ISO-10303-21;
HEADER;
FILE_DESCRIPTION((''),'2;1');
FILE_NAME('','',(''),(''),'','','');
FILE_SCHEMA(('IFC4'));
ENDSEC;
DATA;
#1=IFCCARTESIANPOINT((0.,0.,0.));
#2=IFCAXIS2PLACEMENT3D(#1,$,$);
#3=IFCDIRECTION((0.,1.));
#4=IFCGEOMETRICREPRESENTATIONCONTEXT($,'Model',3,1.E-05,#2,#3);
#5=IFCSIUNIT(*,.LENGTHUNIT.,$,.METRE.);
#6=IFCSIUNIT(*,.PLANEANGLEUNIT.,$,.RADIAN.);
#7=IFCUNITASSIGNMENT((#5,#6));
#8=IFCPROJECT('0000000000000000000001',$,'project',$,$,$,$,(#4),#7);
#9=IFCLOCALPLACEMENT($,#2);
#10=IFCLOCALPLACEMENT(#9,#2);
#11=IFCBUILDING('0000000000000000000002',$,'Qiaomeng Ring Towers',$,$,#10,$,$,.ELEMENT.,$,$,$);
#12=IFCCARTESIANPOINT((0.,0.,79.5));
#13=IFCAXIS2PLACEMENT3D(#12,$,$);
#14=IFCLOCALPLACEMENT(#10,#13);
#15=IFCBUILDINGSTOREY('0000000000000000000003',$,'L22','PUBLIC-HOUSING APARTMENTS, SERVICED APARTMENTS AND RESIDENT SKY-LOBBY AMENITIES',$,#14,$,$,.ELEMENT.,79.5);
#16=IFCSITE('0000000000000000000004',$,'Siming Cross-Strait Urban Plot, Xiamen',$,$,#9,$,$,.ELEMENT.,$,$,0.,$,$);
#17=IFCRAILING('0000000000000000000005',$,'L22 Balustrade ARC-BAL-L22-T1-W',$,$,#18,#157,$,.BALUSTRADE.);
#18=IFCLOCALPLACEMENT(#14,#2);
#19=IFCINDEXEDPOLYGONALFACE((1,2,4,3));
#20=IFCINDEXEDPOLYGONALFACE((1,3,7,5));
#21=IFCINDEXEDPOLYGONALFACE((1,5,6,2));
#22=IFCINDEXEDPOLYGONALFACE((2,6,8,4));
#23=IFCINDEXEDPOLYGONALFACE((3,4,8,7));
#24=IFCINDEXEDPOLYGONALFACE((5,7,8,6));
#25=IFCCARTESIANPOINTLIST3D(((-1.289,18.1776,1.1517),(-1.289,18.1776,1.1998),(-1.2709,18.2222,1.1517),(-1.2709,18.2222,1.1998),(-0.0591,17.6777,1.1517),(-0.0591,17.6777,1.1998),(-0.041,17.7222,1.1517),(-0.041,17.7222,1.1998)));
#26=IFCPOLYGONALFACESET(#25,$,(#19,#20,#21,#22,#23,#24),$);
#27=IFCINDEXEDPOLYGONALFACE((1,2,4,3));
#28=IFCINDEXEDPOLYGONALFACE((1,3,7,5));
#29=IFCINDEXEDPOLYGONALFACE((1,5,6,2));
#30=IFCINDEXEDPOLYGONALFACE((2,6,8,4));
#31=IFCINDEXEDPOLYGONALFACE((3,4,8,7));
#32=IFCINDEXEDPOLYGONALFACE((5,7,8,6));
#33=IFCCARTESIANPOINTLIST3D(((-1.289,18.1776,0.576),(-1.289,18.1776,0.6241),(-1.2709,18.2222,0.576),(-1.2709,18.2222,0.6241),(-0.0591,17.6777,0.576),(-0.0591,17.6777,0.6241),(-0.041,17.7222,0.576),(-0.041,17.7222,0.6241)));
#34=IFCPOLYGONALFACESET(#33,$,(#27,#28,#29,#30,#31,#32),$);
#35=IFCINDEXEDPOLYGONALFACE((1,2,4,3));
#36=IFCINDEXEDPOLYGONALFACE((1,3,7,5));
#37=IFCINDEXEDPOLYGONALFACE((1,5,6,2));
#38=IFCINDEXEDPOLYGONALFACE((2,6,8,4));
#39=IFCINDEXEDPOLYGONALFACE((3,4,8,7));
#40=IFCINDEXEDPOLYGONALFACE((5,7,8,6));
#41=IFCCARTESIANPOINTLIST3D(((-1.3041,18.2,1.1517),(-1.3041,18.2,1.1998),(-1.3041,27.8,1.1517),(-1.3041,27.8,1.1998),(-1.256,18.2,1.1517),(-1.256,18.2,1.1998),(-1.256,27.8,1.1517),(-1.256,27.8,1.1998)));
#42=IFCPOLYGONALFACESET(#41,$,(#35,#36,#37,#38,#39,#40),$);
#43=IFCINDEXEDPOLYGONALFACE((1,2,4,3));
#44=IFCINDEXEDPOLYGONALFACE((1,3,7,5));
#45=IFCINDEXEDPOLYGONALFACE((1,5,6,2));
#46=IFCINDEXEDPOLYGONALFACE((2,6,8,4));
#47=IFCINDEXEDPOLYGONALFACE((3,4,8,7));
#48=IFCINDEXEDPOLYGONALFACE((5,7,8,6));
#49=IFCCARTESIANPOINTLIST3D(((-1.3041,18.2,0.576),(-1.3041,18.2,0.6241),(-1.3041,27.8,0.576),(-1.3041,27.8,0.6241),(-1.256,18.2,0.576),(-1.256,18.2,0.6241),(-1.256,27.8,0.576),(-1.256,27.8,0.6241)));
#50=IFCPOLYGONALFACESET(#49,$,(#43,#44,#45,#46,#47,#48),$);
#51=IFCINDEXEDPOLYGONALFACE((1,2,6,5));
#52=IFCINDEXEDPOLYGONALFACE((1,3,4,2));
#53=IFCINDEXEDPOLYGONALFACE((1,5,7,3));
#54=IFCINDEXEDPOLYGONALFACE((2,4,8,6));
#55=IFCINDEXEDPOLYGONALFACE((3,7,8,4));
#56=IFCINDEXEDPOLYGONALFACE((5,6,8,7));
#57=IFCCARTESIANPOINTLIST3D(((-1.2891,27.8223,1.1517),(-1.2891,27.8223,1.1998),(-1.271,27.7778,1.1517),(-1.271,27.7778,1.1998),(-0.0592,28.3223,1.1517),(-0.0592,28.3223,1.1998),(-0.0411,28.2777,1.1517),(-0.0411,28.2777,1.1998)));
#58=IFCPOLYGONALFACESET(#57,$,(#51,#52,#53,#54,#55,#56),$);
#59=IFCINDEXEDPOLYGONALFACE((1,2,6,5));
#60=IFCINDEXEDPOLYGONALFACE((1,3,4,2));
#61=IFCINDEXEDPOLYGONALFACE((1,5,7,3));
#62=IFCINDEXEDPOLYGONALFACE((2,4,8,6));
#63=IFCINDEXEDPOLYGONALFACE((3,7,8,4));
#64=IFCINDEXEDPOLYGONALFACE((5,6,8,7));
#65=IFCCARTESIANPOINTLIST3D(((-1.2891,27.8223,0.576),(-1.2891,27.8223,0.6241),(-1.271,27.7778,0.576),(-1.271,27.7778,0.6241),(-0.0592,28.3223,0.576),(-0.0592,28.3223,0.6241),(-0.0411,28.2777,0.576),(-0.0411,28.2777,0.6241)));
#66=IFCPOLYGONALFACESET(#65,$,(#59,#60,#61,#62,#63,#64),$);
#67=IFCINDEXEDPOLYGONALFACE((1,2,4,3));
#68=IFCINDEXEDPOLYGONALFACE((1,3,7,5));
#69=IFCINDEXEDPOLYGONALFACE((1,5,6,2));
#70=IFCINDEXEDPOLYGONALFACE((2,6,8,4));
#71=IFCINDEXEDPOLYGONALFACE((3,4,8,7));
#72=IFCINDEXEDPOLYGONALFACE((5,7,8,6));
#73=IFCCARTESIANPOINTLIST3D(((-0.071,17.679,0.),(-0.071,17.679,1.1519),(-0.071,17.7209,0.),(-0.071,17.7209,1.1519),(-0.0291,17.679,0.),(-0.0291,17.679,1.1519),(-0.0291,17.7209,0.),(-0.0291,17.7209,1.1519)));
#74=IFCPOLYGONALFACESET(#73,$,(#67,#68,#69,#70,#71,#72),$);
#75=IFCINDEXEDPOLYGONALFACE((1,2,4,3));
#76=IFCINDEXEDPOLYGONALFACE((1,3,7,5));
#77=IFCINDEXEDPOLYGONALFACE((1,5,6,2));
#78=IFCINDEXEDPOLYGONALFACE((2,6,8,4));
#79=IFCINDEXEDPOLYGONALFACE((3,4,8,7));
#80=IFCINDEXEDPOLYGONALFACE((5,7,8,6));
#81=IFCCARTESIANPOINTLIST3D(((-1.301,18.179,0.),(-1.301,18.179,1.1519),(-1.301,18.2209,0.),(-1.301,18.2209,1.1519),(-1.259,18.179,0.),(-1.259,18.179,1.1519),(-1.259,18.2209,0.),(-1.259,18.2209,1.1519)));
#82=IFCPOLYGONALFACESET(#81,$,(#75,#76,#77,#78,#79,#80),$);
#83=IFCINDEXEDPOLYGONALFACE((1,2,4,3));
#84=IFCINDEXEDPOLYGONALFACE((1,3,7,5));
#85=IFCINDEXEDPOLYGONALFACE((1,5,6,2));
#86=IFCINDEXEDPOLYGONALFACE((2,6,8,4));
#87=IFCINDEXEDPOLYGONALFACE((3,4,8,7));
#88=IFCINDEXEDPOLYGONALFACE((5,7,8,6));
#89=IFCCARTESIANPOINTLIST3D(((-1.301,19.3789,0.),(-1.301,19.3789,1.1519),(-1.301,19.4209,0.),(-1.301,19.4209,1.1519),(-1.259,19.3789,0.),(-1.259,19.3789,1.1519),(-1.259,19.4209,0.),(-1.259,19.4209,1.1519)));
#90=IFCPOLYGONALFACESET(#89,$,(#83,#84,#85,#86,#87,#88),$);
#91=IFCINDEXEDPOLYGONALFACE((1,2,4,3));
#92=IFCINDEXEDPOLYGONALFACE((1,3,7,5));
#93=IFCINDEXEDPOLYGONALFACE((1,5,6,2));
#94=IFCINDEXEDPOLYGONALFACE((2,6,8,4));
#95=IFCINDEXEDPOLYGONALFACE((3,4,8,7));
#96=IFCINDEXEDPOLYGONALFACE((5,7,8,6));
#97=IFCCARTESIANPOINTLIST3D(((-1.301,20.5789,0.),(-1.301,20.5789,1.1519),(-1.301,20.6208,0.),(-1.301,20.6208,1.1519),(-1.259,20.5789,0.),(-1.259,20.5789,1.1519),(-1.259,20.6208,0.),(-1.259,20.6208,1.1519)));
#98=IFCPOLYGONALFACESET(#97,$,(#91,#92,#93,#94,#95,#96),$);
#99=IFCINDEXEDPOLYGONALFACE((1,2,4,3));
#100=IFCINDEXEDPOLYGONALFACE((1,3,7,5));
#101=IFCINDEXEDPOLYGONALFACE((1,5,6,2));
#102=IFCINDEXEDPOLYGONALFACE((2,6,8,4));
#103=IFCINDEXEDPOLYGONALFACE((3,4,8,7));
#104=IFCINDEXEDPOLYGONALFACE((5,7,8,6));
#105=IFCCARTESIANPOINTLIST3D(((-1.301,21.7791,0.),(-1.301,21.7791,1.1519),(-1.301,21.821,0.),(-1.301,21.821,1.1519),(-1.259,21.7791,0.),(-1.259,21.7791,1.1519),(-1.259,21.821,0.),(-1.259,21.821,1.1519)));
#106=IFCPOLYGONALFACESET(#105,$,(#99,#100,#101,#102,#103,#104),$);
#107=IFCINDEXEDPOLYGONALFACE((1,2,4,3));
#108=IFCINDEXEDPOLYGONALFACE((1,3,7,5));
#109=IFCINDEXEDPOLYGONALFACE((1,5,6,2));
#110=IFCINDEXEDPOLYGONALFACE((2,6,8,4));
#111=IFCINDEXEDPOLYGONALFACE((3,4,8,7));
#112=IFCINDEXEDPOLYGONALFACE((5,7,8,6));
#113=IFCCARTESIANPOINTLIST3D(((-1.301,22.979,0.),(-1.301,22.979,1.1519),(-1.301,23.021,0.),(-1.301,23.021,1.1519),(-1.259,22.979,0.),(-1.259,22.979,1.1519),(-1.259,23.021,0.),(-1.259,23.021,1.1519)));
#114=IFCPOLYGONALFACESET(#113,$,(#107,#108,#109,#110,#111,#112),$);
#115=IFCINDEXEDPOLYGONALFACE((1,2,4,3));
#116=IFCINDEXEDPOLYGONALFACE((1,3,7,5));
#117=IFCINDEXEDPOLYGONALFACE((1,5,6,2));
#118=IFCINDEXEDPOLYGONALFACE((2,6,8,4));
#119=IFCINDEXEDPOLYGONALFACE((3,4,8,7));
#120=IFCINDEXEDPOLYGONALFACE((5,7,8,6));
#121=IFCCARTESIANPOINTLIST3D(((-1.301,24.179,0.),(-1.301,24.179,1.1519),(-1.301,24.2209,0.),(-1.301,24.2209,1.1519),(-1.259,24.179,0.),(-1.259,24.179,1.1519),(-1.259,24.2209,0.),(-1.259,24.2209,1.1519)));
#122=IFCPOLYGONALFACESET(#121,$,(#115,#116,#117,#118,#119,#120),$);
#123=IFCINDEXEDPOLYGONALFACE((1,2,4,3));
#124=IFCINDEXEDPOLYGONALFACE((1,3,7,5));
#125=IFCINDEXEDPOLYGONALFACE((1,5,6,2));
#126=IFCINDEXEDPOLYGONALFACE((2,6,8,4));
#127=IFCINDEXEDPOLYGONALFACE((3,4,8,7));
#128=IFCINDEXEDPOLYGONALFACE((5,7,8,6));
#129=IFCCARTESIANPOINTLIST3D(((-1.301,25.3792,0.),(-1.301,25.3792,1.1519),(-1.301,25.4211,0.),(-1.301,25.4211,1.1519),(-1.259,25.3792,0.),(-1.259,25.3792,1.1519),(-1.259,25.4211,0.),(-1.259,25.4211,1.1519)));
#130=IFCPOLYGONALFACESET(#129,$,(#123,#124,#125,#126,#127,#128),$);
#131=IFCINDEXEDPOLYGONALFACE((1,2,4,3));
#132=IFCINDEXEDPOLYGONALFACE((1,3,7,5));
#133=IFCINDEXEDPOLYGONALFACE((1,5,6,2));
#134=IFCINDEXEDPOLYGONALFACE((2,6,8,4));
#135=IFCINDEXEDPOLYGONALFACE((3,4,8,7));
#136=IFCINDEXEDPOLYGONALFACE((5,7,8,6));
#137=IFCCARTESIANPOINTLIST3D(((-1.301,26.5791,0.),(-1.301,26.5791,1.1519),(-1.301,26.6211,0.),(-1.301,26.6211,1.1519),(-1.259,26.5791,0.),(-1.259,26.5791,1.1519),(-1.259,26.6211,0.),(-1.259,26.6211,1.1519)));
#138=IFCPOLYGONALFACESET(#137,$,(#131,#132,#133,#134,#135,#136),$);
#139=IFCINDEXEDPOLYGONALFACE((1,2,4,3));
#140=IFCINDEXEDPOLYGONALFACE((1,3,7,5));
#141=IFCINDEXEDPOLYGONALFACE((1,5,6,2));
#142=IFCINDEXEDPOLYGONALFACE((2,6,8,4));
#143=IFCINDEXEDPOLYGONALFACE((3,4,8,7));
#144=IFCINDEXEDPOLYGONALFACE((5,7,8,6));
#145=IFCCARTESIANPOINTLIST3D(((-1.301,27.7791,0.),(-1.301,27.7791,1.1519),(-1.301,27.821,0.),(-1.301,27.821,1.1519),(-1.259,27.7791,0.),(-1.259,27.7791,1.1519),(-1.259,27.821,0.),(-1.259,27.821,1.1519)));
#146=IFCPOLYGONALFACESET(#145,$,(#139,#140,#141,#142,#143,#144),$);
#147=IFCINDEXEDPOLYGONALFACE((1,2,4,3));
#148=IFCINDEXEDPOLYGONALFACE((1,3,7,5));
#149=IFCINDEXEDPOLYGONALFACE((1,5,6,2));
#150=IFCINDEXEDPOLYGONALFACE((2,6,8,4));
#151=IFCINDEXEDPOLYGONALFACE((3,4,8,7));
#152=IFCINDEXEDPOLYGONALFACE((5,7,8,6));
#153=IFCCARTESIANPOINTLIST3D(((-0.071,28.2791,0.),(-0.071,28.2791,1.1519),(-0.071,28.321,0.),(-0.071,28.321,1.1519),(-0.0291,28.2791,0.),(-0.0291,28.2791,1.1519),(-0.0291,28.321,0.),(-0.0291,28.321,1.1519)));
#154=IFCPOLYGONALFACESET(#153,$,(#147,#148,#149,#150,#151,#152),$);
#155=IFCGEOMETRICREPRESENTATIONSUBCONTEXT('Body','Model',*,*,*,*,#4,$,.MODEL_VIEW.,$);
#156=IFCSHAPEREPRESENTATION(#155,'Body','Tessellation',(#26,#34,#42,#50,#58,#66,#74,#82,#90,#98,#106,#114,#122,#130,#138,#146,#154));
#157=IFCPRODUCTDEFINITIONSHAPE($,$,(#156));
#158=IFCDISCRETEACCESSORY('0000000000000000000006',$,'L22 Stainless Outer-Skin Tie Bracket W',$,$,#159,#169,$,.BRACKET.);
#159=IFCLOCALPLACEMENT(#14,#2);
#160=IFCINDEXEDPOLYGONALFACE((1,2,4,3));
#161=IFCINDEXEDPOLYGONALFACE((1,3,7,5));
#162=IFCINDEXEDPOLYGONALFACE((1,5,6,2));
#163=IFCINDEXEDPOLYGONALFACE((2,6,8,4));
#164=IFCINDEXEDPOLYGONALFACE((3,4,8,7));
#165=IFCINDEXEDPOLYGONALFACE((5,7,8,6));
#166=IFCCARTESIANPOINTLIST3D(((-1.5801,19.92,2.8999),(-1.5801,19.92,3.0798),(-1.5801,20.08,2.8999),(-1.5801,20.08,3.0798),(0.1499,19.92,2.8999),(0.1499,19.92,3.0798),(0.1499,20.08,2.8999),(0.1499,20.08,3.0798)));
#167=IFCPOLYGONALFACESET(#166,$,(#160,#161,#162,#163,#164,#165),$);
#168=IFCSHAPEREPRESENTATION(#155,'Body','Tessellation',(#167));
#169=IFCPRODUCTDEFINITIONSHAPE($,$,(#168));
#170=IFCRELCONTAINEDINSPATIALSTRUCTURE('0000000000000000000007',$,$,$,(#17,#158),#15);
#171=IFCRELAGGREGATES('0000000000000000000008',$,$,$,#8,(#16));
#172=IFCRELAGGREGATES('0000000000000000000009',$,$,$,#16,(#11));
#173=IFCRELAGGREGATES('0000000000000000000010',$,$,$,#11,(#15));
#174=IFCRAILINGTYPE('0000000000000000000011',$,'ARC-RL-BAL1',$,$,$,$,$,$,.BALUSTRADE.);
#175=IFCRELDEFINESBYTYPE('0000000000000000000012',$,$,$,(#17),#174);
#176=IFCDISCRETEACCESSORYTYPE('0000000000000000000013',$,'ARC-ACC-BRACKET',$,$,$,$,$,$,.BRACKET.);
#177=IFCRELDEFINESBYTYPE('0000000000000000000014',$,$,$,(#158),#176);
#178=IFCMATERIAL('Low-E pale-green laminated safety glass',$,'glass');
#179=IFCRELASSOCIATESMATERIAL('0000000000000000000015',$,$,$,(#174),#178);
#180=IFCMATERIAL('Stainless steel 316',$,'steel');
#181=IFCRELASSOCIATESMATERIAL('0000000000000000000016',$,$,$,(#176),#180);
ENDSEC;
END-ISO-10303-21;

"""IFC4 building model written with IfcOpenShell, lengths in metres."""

from ifc_helpers import new_model, si_unit, direction, frame, origin, origin_2d, place, context, subcontext, project, spatial, rectangle, extrude, source, transform, mapped, material, type_object, element, save


model = new_model("IFC4")

# Units and contexts
model_context = context("Model", 3, precision=1e-05, world=origin(), true_north=direction((0.0, 1.0)))
body_context = subcontext(model_context, "Body", "Model", "MODEL_VIEW")
ifc_project = project(units=[si_unit("LENGTHUNIT", "METRE"), si_unit("PLANEANGLEUNIT", "RADIAN")], contexts=[model_context])

# Site, building, storey
site_placement = place(None, origin())
site = spatial("IfcSite", under=ifc_project, at=site_placement, Name="Siming Cross-Strait Urban Plot, Xiamen", CompositionType="ELEMENT", RefElevation=0.0)
building_placement = place(site_placement, origin())
building = spatial("IfcBuilding", under=site, at=building_placement, Name="Qiaomeng Ring Towers", CompositionType="ELEMENT")
storey_placement = place(building_placement, frame((0.0, 0.0, 79.5)))
storey = spatial("IfcBuildingStorey", under=building, at=storey_placement, Name="L22", Description="PUBLIC-HOUSING APARTMENTS, SERVICED APARTMENTS AND RESIDENT SKY-LOBBY AMENITIES", CompositionType="ELEMENT", Elevation=79.5)

# Shared definitions
ifc_material_1 = material(Name="Stainless steel 316", Category="steel")

# Railing
ifc_material_2 = material(Name="Low-E pale-green laminated safety glass", Category="glass")
railing_type = type_object("IfcRailingType", Name="ARC-RL-BAL1", PredefinedType="BALUSTRADE", material=ifc_material_2)
railing_1_placement = place(storey_placement, frame((-0.05, 17.7, 0.0)))
element("IfcRailing", 1, at=railing_1_placement, inside=storey, type_object=railing_type, Name="L22 Balustrade ARC-BAL-L22-T1-W", PredefinedType="BALUSTRADE", context=body_context, shape_type="SweptSolid", body=[
    extrude(rectangle(XDim=0.0481, YDim=0.0481, at=origin_2d()), frame((0.0, 0.0, 1.1758), z_axis=(-0.926382, 0.376584, 0.0), x_axis=(-0.376584, -0.926382, 0.0)), (0.0, 0.0, 1.0), 1.3276),
    extrude(rectangle(XDim=0.0481, YDim=0.0481, at=origin_2d()), frame((0.0, 0.0, 0.6001), z_axis=(-0.926382, 0.376584, 0.0), x_axis=(-0.376584, -0.926382, 0.0)), (0.0, 0.0, 1.0), 1.3276),
    extrude(rectangle(XDim=0.0481, YDim=0.0481, at=origin_2d()), frame((-1.23, 0.5, 1.1758), z_axis=(0.0, 1.0, 0.0), x_axis=(-1.0, 0.0, 0.0)), (0.0, 0.0, 1.0), 9.6001),
    extrude(rectangle(XDim=0.0481, YDim=0.0481, at=origin_2d()), frame((-1.23, 0.5, 0.6001), z_axis=(0.0, 1.0, 0.0), x_axis=(-1.0, 0.0, 0.0)), (0.0, 0.0, 1.0), 9.6001),
    extrude(rectangle(XDim=0.0481, YDim=0.0481, at=origin_2d()), frame((-1.23, 10.1001, 1.1758), z_axis=(0.926382, 0.376584, 0.0), x_axis=(-0.376584, 0.926382, 0.0)), (0.0, 0.0, 1.0), 1.3276),
    extrude(rectangle(XDim=0.0481, YDim=0.0481, at=origin_2d()), frame((-1.23, 10.1001, 0.6001), z_axis=(0.926382, 0.376584, 0.0), x_axis=(-0.376584, 0.926382, 0.0)), (0.0, 0.0, 1.0), 1.3276),
    extrude(rectangle(XDim=0.042, YDim=0.042, at=origin_2d()), origin(), (0.0, 0.0, 1.0), 1.1519),
    extrude(rectangle(XDim=0.042, YDim=0.042, at=origin_2d()), frame((-1.23, 0.5, 0.0)), (0.0, 0.0, 1.0), 1.1519),
    extrude(rectangle(XDim=0.042, YDim=0.042, at=origin_2d()), frame((-1.23, 1.7, 0.0)), (0.0, 0.0, 1.0), 1.1519),
    extrude(rectangle(XDim=0.042, YDim=0.042, at=origin_2d()), frame((-1.23, 2.8999, 0.0)), (0.0, 0.0, 1.0), 1.1519),
    extrude(rectangle(XDim=0.042, YDim=0.042, at=origin_2d()), frame((-1.23, 4.1001, 0.0)), (0.0, 0.0, 1.0), 1.1519),
    extrude(rectangle(XDim=0.042, YDim=0.042, at=origin_2d()), frame((-1.23, 5.3, 0.0)), (0.0, 0.0, 1.0), 1.1519),
    extrude(rectangle(XDim=0.042, YDim=0.042, at=origin_2d()), frame((-1.23, 6.5, 0.0)), (0.0, 0.0, 1.0), 1.1519),
    extrude(rectangle(XDim=0.042, YDim=0.042, at=origin_2d()), frame((-1.23, 7.7002, 0.0)), (0.0, 0.0, 1.0), 1.1519),
    extrude(rectangle(XDim=0.042, YDim=0.042, at=origin_2d()), frame((-1.23, 8.9001, 0.0)), (0.0, 0.0, 1.0), 1.1519),
    extrude(rectangle(XDim=0.042, YDim=0.042, at=origin_2d()), frame((-1.23, 10.1001, 0.0)), (0.0, 0.0, 1.0), 1.1519),
    extrude(rectangle(XDim=0.042, YDim=0.042, at=origin_2d()), frame((0.0, 10.6001, 0.0)), (0.0, 0.0, 1.0), 1.1519),
])

# Discrete accessory
discrete_accessory_type = type_object("IfcDiscreteAccessoryType", Name="ARC-ACC-BRACKET", PredefinedType="BRACKET", material=ifc_material_1)
shared_shape_1 = source(origin(), body_context, "Body", "SweptSolid", [
    extrude(rectangle(XDim=1.73, YDim=0.1599, at=origin_2d()), origin(), (0.0, 0.0, 1.0), 0.1799),
])
discrete_accessory_placement = place(storey_placement, frame((-0.7151, 20.0, 2.8999), z_axis=(0.0, 0.0, 1.0), x_axis=(1.0, 0.0, 0.0)))
element("IfcDiscreteAccessory", 2, at=discrete_accessory_placement, inside=storey, type_object=discrete_accessory_type, Name="L22 Stainless Outer-Skin Tie Bracket W", PredefinedType="BRACKET", context=body_context, shape_type="MappedRepresentation", body=[
    mapped(shared_shape_1, transform((0.0, 0.0, 0.0), x_axis=(1.0, 0.0, 0.0), y_axis=(0.0, 1.0, 0.0), z_axis=(0.0, 0.0, 1.0), scale=1.0)),
])

save(model, "model.ifc")
